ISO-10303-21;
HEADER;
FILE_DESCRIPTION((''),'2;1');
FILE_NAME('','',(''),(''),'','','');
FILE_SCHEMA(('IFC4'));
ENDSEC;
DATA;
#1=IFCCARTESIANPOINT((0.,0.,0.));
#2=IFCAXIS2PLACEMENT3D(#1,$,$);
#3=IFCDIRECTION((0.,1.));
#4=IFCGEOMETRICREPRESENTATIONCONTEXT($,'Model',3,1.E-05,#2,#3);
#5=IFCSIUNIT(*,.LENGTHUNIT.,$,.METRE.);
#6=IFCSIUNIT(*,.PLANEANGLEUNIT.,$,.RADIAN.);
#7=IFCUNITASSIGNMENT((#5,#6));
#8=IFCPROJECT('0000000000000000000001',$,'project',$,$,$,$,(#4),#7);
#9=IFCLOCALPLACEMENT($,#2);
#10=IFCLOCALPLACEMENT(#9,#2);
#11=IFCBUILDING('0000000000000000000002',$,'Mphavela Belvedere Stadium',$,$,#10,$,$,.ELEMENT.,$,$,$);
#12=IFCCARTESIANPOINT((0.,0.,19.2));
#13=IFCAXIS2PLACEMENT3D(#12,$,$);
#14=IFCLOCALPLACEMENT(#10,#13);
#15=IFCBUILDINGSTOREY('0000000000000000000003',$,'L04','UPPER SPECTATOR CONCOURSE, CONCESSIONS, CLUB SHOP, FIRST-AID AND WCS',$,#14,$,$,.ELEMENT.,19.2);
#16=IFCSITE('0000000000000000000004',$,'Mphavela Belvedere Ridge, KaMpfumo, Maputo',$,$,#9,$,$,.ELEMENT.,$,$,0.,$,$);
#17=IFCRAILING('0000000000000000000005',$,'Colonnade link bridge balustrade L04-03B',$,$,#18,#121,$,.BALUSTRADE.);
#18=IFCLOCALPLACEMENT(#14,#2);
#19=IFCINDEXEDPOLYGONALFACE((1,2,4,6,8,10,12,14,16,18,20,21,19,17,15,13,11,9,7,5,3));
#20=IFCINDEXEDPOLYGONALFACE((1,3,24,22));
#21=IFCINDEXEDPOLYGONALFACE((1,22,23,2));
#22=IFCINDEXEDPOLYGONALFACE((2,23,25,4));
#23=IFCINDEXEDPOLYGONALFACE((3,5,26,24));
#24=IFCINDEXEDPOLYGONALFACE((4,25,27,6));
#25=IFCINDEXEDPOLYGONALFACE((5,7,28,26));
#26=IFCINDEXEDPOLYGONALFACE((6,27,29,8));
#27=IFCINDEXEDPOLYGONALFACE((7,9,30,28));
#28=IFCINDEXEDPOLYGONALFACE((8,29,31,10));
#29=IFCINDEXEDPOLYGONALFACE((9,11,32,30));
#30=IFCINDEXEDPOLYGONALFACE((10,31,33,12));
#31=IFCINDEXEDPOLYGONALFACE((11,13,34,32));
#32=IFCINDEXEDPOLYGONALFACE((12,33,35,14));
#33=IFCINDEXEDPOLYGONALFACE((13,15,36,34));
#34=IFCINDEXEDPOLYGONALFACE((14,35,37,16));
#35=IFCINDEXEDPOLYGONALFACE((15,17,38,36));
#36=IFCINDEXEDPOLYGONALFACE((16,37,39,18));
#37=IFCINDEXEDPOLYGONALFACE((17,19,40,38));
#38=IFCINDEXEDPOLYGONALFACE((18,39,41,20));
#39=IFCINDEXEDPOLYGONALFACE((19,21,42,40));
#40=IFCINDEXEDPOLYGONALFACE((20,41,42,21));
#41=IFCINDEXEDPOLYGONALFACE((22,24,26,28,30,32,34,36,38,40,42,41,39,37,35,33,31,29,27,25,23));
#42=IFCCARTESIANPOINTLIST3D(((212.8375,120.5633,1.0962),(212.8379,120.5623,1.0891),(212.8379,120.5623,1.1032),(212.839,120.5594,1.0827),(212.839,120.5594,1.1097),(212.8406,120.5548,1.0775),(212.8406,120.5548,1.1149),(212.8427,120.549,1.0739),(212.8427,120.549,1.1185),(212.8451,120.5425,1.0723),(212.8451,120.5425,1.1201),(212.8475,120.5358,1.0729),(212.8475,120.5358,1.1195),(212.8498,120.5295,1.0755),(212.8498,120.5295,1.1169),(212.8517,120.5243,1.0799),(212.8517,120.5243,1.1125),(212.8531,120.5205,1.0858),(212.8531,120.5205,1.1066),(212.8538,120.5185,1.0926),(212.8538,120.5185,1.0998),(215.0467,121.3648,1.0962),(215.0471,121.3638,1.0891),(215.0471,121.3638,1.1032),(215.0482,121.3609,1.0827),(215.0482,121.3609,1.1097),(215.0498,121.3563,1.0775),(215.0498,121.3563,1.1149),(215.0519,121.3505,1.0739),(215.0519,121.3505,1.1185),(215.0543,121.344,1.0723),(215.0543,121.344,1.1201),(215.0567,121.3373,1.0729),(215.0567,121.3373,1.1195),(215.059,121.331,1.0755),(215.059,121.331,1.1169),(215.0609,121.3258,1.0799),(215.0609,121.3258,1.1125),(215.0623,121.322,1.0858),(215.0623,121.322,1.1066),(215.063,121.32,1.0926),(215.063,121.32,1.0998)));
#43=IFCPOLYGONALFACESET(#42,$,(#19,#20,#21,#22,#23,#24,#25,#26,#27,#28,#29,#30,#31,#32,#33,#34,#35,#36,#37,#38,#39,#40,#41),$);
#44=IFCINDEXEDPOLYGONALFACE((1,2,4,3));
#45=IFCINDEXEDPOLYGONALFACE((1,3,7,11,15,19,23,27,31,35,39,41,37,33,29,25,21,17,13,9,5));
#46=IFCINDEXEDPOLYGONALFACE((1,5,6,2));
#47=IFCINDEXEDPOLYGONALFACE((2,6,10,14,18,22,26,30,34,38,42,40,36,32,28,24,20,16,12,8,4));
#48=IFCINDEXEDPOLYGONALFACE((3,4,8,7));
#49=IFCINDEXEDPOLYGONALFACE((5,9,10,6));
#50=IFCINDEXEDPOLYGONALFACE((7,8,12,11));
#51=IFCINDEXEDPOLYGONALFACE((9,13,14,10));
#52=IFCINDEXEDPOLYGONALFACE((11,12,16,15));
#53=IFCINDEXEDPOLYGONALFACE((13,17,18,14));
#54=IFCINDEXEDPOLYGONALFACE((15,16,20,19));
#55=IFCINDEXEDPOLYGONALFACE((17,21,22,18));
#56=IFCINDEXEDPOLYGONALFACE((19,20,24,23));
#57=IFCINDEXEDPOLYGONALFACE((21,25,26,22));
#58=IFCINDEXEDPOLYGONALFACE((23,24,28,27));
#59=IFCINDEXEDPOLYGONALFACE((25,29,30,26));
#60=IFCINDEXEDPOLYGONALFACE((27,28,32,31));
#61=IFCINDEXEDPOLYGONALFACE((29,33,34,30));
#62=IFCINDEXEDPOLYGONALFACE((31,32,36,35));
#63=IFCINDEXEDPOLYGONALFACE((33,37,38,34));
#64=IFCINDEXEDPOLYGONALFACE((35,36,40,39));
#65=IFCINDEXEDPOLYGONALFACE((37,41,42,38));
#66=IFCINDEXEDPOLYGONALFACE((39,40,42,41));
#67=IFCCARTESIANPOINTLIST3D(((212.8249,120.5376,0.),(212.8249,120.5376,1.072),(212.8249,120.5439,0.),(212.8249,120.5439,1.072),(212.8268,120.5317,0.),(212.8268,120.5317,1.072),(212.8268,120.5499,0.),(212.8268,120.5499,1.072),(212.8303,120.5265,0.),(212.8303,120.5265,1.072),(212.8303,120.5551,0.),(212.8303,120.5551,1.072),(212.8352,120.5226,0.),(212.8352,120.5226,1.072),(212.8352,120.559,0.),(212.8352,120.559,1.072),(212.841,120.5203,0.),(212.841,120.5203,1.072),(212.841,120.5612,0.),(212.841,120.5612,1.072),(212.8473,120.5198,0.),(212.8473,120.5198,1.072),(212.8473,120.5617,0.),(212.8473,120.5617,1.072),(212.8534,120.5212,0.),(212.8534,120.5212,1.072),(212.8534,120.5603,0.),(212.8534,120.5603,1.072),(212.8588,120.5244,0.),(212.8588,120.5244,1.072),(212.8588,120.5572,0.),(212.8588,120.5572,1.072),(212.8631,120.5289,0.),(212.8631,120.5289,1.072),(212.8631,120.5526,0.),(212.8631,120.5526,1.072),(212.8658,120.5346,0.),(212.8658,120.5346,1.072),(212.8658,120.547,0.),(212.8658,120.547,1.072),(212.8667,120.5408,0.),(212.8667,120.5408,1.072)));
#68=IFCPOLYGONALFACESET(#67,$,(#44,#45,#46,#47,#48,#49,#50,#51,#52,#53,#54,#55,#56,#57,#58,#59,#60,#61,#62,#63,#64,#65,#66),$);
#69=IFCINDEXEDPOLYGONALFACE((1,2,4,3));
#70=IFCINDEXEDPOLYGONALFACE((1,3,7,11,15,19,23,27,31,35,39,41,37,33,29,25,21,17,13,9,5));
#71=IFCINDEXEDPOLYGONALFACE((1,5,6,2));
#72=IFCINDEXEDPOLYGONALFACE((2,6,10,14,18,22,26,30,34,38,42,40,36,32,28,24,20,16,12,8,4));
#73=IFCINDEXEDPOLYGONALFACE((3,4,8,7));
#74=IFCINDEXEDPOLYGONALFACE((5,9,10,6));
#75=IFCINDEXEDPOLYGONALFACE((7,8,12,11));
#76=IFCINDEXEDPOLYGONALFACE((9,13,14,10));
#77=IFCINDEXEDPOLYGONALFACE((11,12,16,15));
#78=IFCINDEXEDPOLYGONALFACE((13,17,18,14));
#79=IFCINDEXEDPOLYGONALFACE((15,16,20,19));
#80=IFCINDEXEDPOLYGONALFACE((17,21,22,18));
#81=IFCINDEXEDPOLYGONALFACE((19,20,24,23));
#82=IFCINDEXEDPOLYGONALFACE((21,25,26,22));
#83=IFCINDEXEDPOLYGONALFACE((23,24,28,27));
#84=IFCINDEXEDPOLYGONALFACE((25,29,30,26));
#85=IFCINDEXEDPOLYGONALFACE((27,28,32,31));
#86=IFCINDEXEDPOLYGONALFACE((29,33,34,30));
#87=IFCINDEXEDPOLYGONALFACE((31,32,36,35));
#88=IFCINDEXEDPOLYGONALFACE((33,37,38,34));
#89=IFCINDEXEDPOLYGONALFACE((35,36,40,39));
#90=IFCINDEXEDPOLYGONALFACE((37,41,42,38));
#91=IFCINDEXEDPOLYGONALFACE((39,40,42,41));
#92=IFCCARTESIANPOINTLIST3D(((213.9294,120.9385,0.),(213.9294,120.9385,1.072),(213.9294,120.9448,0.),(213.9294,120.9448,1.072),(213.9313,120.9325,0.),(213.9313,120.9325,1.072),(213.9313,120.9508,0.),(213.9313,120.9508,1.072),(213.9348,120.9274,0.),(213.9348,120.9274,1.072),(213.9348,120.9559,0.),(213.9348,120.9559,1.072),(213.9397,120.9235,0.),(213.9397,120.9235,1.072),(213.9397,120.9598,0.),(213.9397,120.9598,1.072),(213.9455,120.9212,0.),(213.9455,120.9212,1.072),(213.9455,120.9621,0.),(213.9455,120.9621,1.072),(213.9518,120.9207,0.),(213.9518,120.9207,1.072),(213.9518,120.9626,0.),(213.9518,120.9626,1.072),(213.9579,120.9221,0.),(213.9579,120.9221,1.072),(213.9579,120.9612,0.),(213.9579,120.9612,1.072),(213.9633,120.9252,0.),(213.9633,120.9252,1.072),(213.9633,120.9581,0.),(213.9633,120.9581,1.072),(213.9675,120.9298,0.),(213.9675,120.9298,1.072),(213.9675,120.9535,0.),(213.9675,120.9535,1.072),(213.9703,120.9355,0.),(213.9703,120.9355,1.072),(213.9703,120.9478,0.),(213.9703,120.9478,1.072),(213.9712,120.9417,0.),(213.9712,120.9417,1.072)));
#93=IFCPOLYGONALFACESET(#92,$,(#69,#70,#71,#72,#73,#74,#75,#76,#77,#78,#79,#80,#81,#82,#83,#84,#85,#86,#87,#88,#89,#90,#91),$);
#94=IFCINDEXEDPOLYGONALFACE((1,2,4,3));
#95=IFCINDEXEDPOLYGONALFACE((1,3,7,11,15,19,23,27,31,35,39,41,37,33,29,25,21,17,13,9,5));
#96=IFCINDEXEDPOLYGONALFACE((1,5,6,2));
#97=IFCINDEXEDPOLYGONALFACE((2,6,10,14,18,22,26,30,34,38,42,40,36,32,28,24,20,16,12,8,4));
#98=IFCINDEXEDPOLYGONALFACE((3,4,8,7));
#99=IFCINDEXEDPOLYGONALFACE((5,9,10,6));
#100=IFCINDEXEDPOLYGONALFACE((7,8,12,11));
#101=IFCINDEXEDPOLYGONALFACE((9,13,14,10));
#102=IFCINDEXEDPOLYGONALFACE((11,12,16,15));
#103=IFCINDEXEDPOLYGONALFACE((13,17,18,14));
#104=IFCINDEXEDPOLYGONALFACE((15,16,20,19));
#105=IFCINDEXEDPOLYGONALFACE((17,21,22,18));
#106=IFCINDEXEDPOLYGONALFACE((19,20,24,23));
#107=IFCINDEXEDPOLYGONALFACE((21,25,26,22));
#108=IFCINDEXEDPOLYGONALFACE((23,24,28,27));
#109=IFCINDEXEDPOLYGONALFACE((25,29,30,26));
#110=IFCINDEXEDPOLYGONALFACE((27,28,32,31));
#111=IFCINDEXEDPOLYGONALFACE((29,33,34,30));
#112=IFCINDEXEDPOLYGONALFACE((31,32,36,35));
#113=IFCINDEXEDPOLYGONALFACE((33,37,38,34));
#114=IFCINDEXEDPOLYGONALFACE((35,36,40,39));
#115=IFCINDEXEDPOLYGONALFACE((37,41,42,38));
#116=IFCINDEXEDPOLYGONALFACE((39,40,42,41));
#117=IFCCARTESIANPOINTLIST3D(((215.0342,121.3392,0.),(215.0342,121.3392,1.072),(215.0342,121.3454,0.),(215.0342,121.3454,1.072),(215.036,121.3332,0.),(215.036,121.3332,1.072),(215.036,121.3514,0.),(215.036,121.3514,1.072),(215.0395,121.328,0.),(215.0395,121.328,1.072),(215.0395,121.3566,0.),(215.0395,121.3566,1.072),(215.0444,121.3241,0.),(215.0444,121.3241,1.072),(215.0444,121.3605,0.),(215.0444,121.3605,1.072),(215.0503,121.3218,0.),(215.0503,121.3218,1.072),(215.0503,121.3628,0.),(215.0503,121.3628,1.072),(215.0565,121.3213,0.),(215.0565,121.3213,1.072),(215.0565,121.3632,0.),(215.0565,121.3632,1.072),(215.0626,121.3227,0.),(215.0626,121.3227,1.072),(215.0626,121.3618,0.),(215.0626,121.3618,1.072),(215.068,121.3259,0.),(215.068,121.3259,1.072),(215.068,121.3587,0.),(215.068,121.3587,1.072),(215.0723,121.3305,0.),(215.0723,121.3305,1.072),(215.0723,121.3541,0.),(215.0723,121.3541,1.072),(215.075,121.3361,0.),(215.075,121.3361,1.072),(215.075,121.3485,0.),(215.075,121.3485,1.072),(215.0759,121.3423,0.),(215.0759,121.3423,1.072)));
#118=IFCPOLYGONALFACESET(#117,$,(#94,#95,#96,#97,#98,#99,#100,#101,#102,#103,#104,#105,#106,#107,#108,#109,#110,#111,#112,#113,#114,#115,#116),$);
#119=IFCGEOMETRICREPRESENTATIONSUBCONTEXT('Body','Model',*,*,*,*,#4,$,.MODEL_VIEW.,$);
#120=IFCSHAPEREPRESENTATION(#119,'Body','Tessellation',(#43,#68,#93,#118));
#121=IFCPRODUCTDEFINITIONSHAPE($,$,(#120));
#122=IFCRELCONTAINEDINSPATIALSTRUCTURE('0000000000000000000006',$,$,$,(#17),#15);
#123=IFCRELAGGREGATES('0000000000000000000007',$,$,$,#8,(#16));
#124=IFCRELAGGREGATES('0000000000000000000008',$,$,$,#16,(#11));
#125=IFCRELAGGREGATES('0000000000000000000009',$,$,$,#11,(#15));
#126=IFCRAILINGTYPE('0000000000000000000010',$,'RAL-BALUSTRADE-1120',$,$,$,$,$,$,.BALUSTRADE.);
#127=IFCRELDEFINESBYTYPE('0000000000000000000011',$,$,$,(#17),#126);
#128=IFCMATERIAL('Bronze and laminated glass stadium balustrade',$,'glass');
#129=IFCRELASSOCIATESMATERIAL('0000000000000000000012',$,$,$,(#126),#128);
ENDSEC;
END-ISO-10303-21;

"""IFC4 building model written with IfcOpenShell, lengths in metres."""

from ifc_helpers import new_model, si_unit, direction, frame, origin, origin_2d, place, context, subcontext, project, spatial, circle, extrude, material, type_object, element, save


model = new_model("IFC4")

# Units and contexts
model_context = context("Model", 3, precision=1e-05, world=origin(), true_north=direction((0.0, 1.0)))
body_context = subcontext(model_context, "Body", "Model", "MODEL_VIEW")
ifc_project = project(units=[si_unit("LENGTHUNIT", "METRE"), si_unit("PLANEANGLEUNIT", "RADIAN")], contexts=[model_context])

# Site, building, storey
site_placement = place(None, origin())
site = spatial("IfcSite", under=ifc_project, at=site_placement, Name="Mphavela Belvedere Ridge, KaMpfumo, Maputo", CompositionType="ELEMENT", RefElevation=0.0)
building_placement = place(site_placement, origin())
building = spatial("IfcBuilding", under=site, at=building_placement, Name="Mphavela Belvedere Stadium", CompositionType="ELEMENT")
storey_placement = place(building_placement, frame((0.0, 0.0, 19.2)))
storey = spatial("IfcBuildingStorey", under=building, at=storey_placement, Name="L04", Description="UPPER SPECTATOR CONCOURSE, CONCESSIONS, CLUB SHOP, FIRST-AID AND WCS", CompositionType="ELEMENT", Elevation=19.2)

# Railing
ifc_material_1 = material(Name="Bronze and laminated glass stadium balustrade", Category="glass")
railing_type = type_object("IfcRailingType", Name="RAL-BALUSTRADE-1120", PredefinedType="BALUSTRADE", material=ifc_material_1)
railing_1_placement = place(storey_placement, frame((212.8457, 120.5408, 0.0)))
element("IfcRailing", 1, at=railing_1_placement, inside=storey, type_object=railing_type, Name="Colonnade link bridge balustrade L04-03B", PredefinedType="BALUSTRADE", context=body_context, shape_type="SweptSolid", body=[
    extrude(circle(Radius=0.0239, at=origin_2d()), frame((0.0, 0.0, 1.0962), z_axis=(0.940045, 0.341051, 0.0), x_axis=(-0.341051, 0.940045, 0.0)), (0.0, 0.0, 1.0), 2.3501),
    extrude(circle(Radius=0.021, at=origin_2d()), origin(), (0.0, 0.0, 1.0), 1.072),
    extrude(circle(Radius=0.021, at=origin_2d()), frame((1.1045, 0.4009, 0.0)), (0.0, 0.0, 1.0), 1.072),
    extrude(circle(Radius=0.021, at=origin_2d()), frame((2.2092, 0.8015, 0.0)), (0.0, 0.0, 1.0), 1.072),
])

save(model, "model.ifc")
